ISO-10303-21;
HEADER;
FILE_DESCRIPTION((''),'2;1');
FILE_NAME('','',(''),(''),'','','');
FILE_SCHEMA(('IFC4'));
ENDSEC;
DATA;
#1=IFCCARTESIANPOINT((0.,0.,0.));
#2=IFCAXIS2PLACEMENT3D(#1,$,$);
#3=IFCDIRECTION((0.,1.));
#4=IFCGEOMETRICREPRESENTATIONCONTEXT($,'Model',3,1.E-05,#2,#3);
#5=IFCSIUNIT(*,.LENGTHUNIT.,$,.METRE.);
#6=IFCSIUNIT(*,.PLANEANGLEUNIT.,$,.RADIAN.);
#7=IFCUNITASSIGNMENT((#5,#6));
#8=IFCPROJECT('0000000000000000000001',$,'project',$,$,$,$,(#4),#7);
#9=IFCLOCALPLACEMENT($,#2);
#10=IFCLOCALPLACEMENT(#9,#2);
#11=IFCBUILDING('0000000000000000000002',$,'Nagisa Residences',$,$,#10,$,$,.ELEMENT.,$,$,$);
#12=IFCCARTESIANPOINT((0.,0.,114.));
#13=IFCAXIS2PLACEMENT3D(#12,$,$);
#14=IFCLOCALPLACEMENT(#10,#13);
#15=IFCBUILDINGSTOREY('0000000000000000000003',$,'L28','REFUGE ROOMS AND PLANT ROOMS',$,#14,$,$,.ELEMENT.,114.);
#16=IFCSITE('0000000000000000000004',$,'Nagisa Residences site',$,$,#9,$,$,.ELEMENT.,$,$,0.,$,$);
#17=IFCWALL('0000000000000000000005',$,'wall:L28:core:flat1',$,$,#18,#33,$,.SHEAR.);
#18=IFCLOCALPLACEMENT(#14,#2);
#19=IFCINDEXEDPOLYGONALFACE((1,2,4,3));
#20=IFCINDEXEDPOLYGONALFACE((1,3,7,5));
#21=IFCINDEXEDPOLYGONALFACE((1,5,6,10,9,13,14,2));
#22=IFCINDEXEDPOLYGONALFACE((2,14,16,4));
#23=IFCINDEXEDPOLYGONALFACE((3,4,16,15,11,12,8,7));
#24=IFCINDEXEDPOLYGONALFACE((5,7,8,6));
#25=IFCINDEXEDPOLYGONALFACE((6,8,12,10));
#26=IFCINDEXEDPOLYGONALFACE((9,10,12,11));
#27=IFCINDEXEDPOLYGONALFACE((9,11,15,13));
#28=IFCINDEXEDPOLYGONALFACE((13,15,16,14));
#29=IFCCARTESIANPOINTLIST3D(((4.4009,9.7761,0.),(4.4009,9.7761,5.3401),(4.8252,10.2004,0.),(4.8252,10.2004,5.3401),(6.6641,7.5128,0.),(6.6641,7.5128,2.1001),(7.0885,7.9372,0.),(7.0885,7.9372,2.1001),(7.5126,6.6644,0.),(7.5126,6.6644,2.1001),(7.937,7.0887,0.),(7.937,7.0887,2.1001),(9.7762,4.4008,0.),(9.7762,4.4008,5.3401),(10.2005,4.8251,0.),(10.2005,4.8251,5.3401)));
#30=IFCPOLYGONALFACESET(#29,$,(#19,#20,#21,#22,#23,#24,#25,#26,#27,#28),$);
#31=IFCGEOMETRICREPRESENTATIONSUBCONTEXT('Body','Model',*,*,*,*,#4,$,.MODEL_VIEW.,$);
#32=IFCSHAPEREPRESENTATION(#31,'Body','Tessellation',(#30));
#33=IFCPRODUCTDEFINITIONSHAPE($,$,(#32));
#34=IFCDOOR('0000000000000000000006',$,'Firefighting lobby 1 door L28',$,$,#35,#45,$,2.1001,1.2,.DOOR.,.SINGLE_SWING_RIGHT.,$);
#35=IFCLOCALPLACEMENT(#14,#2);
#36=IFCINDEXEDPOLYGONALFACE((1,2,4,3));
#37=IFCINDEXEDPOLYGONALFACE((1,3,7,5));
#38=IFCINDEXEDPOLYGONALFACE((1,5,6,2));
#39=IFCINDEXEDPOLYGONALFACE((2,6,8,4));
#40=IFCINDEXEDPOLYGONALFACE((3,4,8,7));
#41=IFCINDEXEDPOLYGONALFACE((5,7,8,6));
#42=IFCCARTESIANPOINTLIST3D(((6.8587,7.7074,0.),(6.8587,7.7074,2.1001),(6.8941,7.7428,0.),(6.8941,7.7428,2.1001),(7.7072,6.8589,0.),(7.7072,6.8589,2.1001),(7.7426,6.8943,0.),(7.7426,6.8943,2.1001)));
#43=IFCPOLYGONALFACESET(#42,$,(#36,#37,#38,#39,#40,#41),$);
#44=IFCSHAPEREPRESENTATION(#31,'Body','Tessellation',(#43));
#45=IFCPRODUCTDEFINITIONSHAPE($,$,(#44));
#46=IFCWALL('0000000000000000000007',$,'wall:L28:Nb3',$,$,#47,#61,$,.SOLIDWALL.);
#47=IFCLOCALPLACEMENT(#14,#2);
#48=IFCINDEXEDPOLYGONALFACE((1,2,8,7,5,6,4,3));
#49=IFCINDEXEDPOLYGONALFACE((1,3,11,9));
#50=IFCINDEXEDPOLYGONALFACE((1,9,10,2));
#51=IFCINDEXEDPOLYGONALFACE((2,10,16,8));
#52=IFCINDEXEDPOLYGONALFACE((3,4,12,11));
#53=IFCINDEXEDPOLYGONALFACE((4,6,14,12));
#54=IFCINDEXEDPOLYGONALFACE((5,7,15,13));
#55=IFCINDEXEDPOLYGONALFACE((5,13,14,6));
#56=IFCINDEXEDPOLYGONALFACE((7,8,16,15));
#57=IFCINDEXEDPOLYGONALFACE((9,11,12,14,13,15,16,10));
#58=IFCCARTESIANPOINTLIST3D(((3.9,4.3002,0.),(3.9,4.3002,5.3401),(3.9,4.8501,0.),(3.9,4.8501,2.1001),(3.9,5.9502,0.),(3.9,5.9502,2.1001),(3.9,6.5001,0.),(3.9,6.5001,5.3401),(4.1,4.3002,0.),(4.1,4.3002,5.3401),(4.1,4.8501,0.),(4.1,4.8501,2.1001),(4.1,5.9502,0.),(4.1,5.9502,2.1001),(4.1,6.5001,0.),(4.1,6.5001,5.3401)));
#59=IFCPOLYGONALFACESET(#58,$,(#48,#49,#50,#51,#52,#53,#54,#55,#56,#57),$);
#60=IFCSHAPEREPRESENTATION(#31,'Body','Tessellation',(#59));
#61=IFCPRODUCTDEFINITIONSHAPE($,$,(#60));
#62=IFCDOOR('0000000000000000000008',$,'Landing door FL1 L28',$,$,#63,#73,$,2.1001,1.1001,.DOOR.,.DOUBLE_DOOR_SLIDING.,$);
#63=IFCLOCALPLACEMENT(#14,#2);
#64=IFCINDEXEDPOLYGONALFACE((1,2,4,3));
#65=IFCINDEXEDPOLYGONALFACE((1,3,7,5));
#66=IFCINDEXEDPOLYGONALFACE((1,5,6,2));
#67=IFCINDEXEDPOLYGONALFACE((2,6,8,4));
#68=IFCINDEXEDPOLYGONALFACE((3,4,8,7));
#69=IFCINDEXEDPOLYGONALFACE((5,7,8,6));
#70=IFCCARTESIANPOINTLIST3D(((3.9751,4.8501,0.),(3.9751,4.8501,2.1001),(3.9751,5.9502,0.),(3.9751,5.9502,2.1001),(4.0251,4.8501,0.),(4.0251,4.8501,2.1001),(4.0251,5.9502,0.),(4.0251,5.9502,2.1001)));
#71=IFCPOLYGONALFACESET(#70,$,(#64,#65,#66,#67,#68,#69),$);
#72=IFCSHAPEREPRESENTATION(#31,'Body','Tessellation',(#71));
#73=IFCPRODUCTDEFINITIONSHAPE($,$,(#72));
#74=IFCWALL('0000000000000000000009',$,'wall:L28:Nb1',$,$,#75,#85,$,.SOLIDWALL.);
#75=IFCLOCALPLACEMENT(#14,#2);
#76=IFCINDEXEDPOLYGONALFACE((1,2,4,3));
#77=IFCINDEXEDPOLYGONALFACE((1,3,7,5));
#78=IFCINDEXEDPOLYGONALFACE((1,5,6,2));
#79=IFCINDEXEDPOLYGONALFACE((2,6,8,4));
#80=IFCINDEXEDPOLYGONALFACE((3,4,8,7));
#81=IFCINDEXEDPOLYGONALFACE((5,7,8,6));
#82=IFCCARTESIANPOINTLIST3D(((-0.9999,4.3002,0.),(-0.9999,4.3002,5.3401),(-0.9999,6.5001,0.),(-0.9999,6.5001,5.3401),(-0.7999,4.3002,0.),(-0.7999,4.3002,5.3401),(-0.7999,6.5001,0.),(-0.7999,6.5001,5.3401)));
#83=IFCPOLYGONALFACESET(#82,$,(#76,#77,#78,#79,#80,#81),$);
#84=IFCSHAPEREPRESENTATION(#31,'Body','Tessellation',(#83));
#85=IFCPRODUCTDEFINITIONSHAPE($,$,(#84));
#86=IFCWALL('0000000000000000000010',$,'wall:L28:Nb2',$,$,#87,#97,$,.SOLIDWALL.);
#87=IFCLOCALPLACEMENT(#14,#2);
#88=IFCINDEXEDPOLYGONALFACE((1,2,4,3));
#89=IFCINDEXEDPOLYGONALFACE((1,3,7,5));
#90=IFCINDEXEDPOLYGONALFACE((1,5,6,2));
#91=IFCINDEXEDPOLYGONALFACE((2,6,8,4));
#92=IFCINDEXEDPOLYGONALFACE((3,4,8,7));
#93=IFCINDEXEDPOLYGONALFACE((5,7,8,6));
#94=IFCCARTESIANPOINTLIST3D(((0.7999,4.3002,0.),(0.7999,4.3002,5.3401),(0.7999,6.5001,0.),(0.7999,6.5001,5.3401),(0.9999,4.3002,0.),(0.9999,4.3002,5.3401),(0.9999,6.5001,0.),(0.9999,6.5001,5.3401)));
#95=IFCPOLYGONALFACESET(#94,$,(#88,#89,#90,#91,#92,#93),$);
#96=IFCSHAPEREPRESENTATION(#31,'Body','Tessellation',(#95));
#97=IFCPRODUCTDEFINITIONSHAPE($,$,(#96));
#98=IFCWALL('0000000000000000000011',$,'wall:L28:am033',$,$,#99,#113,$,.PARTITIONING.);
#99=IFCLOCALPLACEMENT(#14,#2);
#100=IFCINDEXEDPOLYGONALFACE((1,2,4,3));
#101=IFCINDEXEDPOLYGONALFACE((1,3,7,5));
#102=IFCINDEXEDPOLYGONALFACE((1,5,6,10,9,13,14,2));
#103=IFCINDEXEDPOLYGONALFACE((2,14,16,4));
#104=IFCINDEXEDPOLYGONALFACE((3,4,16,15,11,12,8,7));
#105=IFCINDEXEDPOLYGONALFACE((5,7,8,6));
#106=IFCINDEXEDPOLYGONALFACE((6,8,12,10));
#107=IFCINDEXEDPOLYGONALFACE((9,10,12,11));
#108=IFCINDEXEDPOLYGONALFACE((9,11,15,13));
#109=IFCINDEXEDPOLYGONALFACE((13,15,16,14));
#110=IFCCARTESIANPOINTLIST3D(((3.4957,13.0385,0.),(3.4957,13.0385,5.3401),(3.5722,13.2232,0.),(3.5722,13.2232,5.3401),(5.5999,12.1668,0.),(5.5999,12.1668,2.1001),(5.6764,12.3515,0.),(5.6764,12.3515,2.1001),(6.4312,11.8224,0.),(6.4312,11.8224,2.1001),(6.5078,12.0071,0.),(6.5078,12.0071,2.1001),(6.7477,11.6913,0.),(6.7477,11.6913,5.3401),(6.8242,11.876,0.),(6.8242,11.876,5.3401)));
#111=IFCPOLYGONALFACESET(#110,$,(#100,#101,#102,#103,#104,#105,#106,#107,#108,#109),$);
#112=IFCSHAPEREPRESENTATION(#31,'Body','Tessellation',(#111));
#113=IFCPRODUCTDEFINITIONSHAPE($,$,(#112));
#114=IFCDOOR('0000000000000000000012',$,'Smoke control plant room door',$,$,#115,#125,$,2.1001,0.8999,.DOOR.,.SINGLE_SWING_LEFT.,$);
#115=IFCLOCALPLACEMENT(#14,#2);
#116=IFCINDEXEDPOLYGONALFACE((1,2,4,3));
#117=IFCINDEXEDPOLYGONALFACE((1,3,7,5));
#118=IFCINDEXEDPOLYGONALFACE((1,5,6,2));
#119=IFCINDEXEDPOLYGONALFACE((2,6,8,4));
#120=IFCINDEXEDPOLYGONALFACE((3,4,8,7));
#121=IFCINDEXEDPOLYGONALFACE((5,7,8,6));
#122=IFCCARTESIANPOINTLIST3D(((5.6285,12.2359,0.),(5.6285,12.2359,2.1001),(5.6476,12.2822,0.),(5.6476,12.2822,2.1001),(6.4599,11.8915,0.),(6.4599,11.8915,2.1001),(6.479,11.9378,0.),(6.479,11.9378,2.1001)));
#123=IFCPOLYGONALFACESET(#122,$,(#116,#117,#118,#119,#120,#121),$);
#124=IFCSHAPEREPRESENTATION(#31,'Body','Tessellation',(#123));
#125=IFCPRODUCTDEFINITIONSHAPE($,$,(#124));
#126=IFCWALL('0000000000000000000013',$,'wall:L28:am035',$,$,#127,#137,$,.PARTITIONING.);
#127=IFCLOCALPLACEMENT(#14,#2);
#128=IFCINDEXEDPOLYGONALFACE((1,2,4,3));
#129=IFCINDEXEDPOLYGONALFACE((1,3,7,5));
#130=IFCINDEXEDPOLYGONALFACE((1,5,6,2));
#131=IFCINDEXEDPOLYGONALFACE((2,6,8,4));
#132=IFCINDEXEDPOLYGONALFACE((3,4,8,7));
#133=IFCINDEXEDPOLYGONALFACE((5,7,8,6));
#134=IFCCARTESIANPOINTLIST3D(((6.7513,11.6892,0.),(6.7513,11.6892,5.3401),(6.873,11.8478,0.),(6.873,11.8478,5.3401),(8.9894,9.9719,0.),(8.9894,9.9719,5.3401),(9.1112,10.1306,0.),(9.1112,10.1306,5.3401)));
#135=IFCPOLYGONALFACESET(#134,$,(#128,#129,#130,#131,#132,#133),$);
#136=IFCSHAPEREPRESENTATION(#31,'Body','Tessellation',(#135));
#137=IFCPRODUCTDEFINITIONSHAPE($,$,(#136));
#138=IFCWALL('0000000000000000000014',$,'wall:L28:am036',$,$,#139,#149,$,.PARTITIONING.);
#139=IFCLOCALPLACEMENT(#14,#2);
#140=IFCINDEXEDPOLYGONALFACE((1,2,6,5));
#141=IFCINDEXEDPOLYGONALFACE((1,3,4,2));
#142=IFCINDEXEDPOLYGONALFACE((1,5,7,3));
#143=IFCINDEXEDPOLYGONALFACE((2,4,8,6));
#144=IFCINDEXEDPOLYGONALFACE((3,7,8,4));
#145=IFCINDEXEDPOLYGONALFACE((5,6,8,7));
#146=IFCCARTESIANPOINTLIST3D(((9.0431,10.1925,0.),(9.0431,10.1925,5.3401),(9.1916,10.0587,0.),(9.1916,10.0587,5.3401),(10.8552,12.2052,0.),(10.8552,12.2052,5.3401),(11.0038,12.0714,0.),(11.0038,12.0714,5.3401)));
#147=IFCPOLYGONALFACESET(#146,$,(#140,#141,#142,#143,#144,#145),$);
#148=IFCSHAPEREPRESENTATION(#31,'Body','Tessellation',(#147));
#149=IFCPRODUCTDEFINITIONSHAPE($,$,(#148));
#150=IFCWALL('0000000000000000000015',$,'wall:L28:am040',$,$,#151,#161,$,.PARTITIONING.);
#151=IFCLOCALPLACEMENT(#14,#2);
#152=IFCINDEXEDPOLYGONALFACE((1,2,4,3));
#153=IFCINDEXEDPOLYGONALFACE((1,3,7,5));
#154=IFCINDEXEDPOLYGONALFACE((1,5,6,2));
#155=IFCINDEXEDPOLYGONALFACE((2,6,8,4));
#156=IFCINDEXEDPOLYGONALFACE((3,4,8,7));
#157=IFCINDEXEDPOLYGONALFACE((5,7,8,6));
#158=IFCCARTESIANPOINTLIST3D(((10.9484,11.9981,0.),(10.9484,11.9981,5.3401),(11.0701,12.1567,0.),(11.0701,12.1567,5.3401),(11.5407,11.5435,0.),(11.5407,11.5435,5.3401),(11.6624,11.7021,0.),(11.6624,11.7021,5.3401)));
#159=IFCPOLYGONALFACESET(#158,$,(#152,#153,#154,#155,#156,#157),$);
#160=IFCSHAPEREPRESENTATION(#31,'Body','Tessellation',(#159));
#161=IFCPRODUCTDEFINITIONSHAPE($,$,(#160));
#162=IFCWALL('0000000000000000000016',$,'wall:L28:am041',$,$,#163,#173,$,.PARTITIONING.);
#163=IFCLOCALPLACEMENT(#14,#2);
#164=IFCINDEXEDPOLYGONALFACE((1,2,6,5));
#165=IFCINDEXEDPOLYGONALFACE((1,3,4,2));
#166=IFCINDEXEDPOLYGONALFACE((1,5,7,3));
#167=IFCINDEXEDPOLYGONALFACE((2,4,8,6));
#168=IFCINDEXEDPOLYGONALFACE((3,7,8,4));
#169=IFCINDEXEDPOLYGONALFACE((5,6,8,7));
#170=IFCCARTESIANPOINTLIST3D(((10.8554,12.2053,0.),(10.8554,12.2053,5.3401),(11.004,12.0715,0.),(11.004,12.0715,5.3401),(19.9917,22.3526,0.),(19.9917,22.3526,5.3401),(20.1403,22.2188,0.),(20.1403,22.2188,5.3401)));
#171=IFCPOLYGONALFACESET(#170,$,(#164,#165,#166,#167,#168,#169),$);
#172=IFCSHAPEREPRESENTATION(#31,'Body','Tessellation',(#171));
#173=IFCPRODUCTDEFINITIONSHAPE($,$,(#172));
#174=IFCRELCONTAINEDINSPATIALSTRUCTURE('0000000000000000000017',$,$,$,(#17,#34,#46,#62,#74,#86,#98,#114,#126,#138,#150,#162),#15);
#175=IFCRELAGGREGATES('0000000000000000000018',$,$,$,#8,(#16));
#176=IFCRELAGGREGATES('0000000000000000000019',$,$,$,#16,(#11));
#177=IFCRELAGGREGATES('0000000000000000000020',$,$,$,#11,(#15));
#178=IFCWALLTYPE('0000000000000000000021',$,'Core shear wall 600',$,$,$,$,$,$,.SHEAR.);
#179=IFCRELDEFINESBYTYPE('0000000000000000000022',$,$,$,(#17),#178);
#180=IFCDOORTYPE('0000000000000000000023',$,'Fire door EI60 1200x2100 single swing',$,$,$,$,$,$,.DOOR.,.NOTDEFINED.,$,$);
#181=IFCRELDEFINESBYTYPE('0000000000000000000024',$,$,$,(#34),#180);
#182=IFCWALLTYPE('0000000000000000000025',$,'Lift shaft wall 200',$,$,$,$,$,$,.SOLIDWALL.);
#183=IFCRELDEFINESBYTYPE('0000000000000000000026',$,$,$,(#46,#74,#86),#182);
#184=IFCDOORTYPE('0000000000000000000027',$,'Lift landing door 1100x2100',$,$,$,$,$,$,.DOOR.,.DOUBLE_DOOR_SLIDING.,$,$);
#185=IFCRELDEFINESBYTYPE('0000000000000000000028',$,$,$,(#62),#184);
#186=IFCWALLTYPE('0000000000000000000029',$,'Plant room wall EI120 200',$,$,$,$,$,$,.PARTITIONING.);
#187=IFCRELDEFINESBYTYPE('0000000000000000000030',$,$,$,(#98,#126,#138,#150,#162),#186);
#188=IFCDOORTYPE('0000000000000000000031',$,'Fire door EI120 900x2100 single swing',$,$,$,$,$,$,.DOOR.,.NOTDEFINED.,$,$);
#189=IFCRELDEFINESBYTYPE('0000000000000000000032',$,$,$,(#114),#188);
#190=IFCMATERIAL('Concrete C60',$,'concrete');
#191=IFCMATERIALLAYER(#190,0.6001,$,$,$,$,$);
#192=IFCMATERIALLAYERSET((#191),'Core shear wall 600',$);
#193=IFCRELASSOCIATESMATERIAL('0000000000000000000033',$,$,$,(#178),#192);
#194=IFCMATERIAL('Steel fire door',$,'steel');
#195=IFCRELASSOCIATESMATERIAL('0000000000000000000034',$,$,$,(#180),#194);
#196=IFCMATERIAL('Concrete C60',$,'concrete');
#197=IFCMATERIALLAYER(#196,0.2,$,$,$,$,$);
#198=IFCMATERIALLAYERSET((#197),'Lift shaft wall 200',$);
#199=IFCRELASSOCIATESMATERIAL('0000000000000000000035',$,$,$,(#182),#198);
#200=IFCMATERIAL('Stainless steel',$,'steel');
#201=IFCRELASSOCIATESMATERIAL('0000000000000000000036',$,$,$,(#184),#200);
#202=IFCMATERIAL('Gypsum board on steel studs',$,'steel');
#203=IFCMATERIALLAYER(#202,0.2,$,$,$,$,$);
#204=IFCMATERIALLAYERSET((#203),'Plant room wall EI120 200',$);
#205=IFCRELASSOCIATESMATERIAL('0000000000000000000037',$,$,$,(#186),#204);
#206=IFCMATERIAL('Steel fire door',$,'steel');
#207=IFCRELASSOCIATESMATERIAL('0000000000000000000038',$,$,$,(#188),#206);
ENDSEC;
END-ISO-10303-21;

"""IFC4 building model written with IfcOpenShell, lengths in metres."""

from ifc_helpers import new_model, si_unit, direction, frame, frame_2d, origin, place, context, subcontext, project, spatial, rectangle, extrude, material, layer, layer_set, type_object, element, fill, save


model = new_model("IFC4")

# Units and contexts
model_context = context("Model", 3, precision=1e-05, world=origin(), true_north=direction((0.0, 1.0)))
body_context = subcontext(model_context, "Body", "Model", "MODEL_VIEW")
ifc_project = project(units=[si_unit("LENGTHUNIT", "METRE"), si_unit("PLANEANGLEUNIT", "RADIAN")], contexts=[model_context])

# Site, building, storey
site_placement = place(None, origin())
site = spatial("IfcSite", under=ifc_project, at=site_placement, Name="Nagisa Residences site", CompositionType="ELEMENT", RefElevation=0.0)
building_placement = place(site_placement, origin())
building = spatial("IfcBuilding", under=site, at=building_placement, Name="Nagisa Residences", CompositionType="ELEMENT")
storey_placement = place(building_placement, frame((0.0, 0.0, 114.0)))
storey = spatial("IfcBuildingStorey", under=building, at=storey_placement, Name="L28", Description="REFUGE ROOMS AND PLANT ROOMS", CompositionType="ELEMENT", Elevation=114.0)

# Walls, openings, doors
ifc_material_1 = material(Name="Concrete C60", Category="concrete")
ifc_layer_1 = layer(ifc_material_1, 0.6001)
ifc_layer_set_1 = layer_set([ifc_layer_1], Name="Core shear wall 600")
wall_type_1 = type_object("IfcWallType", Name="Core shear wall 600", PredefinedType="SHEAR", material=ifc_layer_set_1)
wall_1_placement = place(storey_placement, frame((9.9883, 4.613, 0.0), z_axis=(0.0, 0.0, 1.0), x_axis=(-0.707107, 0.707107, 0.0)))
wall_1 = element("IfcWall", 1, at=wall_1_placement, inside=storey, type_object=wall_type_1, Name="wall:L28:core:flat1", PredefinedType="SHEAR", context=body_context, shape_type="SweptSolid", body=[
    extrude(rectangle(XDim=7.6018, YDim=0.6001, at=frame_2d((3.8008, 0.0))), origin(), (0.0, 0.0, 1.0), 5.3401),
])
opening_1_placement = place(wall_1_placement, frame((3.2009, 0.0, 0.0)))
opening_1 = element("IfcOpeningElement", 2, at=opening_1_placement, cuts=wall_1, PredefinedType="OPENING", context=body_context, shape_type="SweptSolid", body=[
    extrude(rectangle(XDim=1.2, YDim=2.1001, at=frame_2d((0.6001, 1.05))), frame((0.0, 0.3101, 0.0), z_axis=(0.0, -1.0, 0.0), x_axis=(1.0, 0.0, 0.0)), (0.0, 0.0, 1.0), 0.6201),
])
ifc_material_2 = material(Name="Steel fire door", Category="steel")
door_type_1 = type_object("IfcDoorType", Name="Fire door EI60 1200x2100 single swing", OperationType="NOTDEFINED", PredefinedType="DOOR", material=ifc_material_2)
door_1_placement = place(opening_1_placement, origin())
door_1 = element("IfcDoor", 3, at=door_1_placement, inside=storey, type_object=door_type_1, Name="Firefighting lobby 1 door L28", OperationType="SINGLE_SWING_RIGHT", OverallHeight=2.1001, OverallWidth=1.2, PredefinedType="DOOR", context=body_context, shape_type="SweptSolid", body=[
    extrude(rectangle(XDim=1.2, YDim=2.1001, at=frame_2d((0.6001, 1.05))), frame((0.0, 0.0249, 0.0), z_axis=(0.0, -1.0, 0.0), x_axis=(1.0, 0.0, 0.0)), (0.0, 0.0, 1.0), 0.05),
])
fill(opening_1, door_1)
ifc_material_3 = material(Name="Concrete C60", Category="concrete")
ifc_layer_2 = layer(ifc_material_3, 0.2)
ifc_layer_set_2 = layer_set([ifc_layer_2], Name="Lift shaft wall 200")
wall_type_2 = type_object("IfcWallType", Name="Lift shaft wall 200", PredefinedType="SOLIDWALL", material=ifc_layer_set_2)
wall_2_placement = place(storey_placement, frame((4.0, 4.3, 0.0), z_axis=(0.0, 0.0, 1.0), x_axis=(0.0, 1.0, 0.0)))
wall_2 = element("IfcWall", 4, at=wall_2_placement, inside=storey, type_object=wall_type_2, Name="wall:L28:Nb3", PredefinedType="SOLIDWALL", context=body_context, shape_type="SweptSolid", body=[
    extrude(rectangle(XDim=2.2, YDim=0.2, at=frame_2d((1.1001, 0.0))), origin(), (0.0, 0.0, 1.0), 5.3401),
])
opening_2_placement = place(wall_2_placement, frame((0.55, 0.0, 0.0)))
opening_2 = element("IfcOpeningElement", 5, at=opening_2_placement, cuts=wall_2, PredefinedType="OPENING", context=body_context, shape_type="SweptSolid", body=[
    extrude(rectangle(XDim=1.1001, YDim=2.1001, at=frame_2d((0.55, 1.05))), frame((0.0, 0.1099, 0.0), z_axis=(0.0, -1.0, 0.0), x_axis=(1.0, 0.0, 0.0)), (0.0, 0.0, 1.0), 0.22),
])
ifc_material_4 = material(Name="Stainless steel", Category="steel")
door_type_2 = type_object("IfcDoorType", Name="Lift landing door 1100x2100", OperationType="DOUBLE_DOOR_SLIDING", PredefinedType="DOOR", material=ifc_material_4)
door_2_placement = place(opening_2_placement, origin())
door_2 = element("IfcDoor", 6, at=door_2_placement, inside=storey, type_object=door_type_2, Name="Landing door FL1 L28", OperationType="DOUBLE_DOOR_SLIDING", OverallHeight=2.1001, OverallWidth=1.1001, PredefinedType="DOOR", context=body_context, shape_type="SweptSolid", body=[
    extrude(rectangle(XDim=1.1001, YDim=2.1001, at=frame_2d((0.55, 1.05))), frame((0.0, 0.0249, 0.0), z_axis=(0.0, -1.0, 0.0), x_axis=(1.0, 0.0, 0.0)), (0.0, 0.0, 1.0), 0.05),
])
fill(opening_2, door_2)

# Walls
for number, where, z_axis, x_axis, name in (
    (7, (-0.8999, 4.3, 0.0), (0.0, 0.0, 1.0), (0.0, 1.0, 0.0), "wall:L28:Nb1"),
    (8, (0.8999, 4.3, 0.0), (0.0, 0.0, 1.0), (0.0, 1.0, 0.0), "wall:L28:Nb2"),
):
    element("IfcWall", number, at=place(storey_placement, frame(where, z_axis=z_axis, x_axis=x_axis)), inside=storey, type_object=wall_type_2, Name=name, PredefinedType="SOLIDWALL", context=body_context, shape_type="SweptSolid", body=[
        extrude(rectangle(XDim=2.2, YDim=0.2, at=frame_2d((1.1001, 0.0))), origin(), (0.0, 0.0, 1.0), 5.3401),
    ])

# Wall, opening, door
ifc_material_5 = material(Name="Gypsum board on steel studs", Category="steel")
ifc_layer_3 = layer(ifc_material_5, 0.2)
ifc_layer_set_3 = layer_set([ifc_layer_3], Name="Plant room wall EI120 200")
wall_type_3 = type_object("IfcWallType", Name="Plant room wall EI120 200", PredefinedType="PARTITIONING", material=ifc_layer_set_3)
wall_3_placement = place(storey_placement, frame((3.5339, 13.1309, 0.0), z_axis=(0.0, 0.0, 1.0), x_axis=(0.923863, -0.382723, 0.0)))
wall_3 = element("IfcWall", 9, at=wall_3_placement, inside=storey, type_object=wall_type_3, Name="wall:L28:am033", PredefinedType="PARTITIONING", context=body_context, shape_type="SweptSolid", body=[
    extrude(rectangle(XDim=3.52, YDim=0.2, at=frame_2d((1.76, 0.0))), origin(), (0.0, 0.0, 1.0), 5.3401),
])
opening_3_placement = place(wall_3_placement, frame((2.2776, 0.0, 0.0)))
opening_3 = element("IfcOpeningElement", 10, at=opening_3_placement, cuts=wall_3, PredefinedType="OPENING", context=body_context, shape_type="SweptSolid", body=[
    extrude(rectangle(XDim=0.8999, YDim=2.1001, at=frame_2d((0.45, 1.05))), frame((0.0, 0.1099, 0.0), z_axis=(0.0, -1.0, 0.0), x_axis=(1.0, 0.0, 0.0)), (0.0, 0.0, 1.0), 0.22),
])
ifc_material_6 = material(Name="Steel fire door", Category="steel")
door_type_3 = type_object("IfcDoorType", Name="Fire door EI120 900x2100 single swing", OperationType="NOTDEFINED", PredefinedType="DOOR", material=ifc_material_6)
door_3_placement = place(opening_3_placement, origin())
door_3 = element("IfcDoor", 11, at=door_3_placement, inside=storey, type_object=door_type_3, Name="Smoke control plant room door", OperationType="SINGLE_SWING_LEFT", OverallHeight=2.1001, OverallWidth=0.8999, PredefinedType="DOOR", context=body_context, shape_type="SweptSolid", body=[
    extrude(rectangle(XDim=0.8999, YDim=2.1001, at=frame_2d((0.45, 1.05))), frame((0.0, 0.0249, 0.0), z_axis=(0.0, -1.0, 0.0), x_axis=(1.0, 0.0, 0.0)), (0.0, 0.0, 1.0), 0.05),
])
fill(opening_3, door_3)

# Walls
wall_4_placement = place(storey_placement, frame((6.812, 11.7686, 0.0), z_axis=(0.0, 0.0, 1.0), x_axis=(0.793389, -0.608715, 0.0)))
element("IfcWall", 12, at=wall_4_placement, inside=storey, type_object=wall_type_3, Name="wall:L28:am035", PredefinedType="PARTITIONING", context=body_context, shape_type="SweptSolid", body=[
    extrude(rectangle(XDim=2.821, YDim=0.2, at=frame_2d((1.4106, 0.0))), origin(), (0.0, 0.0, 1.0), 5.3401),
])
wall_5_placement = place(storey_placement, frame((9.1174, 10.1257, 0.0), z_axis=(0.0, 0.0, 1.0), x_axis=(0.669134, 0.743142, 0.0)))
element("IfcWall", 13, at=wall_5_placement, inside=storey, type_object=wall_type_3, Name="wall:L28:am036", PredefinedType="PARTITIONING", context=body_context, shape_type="SweptSolid", body=[
    extrude(rectangle(XDim=2.7083, YDim=0.2, at=frame_2d((1.354, 0.0))), origin(), (0.0, 0.0, 1.0), 5.3401),
])
wall_6_placement = place(storey_placement, frame((11.0093, 12.0774, 0.0), z_axis=(0.0, 0.0, 1.0), x_axis=(0.79328, -0.608857, 0.0)))
element("IfcWall", 14, at=wall_6_placement, inside=storey, type_object=wall_type_3, Name="wall:L28:am040", PredefinedType="PARTITIONING", context=body_context, shape_type="SweptSolid", body=[
    extrude(rectangle(XDim=0.7466, YDim=0.2, at=frame_2d((0.3733, 0.0))), origin(), (0.0, 0.0, 1.0), 5.3401),
])
wall_7_placement = place(storey_placement, frame((10.9297, 12.1384, 0.0), z_axis=(0.0, 0.0, 1.0), x_axis=(0.669116, 0.743158, 0.0)))
element("IfcWall", 15, at=wall_7_placement, inside=storey, type_object=wall_type_3, Name="wall:L28:am041", PredefinedType="PARTITIONING", context=body_context, shape_type="SweptSolid", body=[
    extrude(rectangle(XDim=13.6543, YDim=0.2, at=frame_2d((6.8271, 0.0))), origin(), (0.0, 0.0, 1.0), 5.3401),
])

save(model, "model.ifc")
